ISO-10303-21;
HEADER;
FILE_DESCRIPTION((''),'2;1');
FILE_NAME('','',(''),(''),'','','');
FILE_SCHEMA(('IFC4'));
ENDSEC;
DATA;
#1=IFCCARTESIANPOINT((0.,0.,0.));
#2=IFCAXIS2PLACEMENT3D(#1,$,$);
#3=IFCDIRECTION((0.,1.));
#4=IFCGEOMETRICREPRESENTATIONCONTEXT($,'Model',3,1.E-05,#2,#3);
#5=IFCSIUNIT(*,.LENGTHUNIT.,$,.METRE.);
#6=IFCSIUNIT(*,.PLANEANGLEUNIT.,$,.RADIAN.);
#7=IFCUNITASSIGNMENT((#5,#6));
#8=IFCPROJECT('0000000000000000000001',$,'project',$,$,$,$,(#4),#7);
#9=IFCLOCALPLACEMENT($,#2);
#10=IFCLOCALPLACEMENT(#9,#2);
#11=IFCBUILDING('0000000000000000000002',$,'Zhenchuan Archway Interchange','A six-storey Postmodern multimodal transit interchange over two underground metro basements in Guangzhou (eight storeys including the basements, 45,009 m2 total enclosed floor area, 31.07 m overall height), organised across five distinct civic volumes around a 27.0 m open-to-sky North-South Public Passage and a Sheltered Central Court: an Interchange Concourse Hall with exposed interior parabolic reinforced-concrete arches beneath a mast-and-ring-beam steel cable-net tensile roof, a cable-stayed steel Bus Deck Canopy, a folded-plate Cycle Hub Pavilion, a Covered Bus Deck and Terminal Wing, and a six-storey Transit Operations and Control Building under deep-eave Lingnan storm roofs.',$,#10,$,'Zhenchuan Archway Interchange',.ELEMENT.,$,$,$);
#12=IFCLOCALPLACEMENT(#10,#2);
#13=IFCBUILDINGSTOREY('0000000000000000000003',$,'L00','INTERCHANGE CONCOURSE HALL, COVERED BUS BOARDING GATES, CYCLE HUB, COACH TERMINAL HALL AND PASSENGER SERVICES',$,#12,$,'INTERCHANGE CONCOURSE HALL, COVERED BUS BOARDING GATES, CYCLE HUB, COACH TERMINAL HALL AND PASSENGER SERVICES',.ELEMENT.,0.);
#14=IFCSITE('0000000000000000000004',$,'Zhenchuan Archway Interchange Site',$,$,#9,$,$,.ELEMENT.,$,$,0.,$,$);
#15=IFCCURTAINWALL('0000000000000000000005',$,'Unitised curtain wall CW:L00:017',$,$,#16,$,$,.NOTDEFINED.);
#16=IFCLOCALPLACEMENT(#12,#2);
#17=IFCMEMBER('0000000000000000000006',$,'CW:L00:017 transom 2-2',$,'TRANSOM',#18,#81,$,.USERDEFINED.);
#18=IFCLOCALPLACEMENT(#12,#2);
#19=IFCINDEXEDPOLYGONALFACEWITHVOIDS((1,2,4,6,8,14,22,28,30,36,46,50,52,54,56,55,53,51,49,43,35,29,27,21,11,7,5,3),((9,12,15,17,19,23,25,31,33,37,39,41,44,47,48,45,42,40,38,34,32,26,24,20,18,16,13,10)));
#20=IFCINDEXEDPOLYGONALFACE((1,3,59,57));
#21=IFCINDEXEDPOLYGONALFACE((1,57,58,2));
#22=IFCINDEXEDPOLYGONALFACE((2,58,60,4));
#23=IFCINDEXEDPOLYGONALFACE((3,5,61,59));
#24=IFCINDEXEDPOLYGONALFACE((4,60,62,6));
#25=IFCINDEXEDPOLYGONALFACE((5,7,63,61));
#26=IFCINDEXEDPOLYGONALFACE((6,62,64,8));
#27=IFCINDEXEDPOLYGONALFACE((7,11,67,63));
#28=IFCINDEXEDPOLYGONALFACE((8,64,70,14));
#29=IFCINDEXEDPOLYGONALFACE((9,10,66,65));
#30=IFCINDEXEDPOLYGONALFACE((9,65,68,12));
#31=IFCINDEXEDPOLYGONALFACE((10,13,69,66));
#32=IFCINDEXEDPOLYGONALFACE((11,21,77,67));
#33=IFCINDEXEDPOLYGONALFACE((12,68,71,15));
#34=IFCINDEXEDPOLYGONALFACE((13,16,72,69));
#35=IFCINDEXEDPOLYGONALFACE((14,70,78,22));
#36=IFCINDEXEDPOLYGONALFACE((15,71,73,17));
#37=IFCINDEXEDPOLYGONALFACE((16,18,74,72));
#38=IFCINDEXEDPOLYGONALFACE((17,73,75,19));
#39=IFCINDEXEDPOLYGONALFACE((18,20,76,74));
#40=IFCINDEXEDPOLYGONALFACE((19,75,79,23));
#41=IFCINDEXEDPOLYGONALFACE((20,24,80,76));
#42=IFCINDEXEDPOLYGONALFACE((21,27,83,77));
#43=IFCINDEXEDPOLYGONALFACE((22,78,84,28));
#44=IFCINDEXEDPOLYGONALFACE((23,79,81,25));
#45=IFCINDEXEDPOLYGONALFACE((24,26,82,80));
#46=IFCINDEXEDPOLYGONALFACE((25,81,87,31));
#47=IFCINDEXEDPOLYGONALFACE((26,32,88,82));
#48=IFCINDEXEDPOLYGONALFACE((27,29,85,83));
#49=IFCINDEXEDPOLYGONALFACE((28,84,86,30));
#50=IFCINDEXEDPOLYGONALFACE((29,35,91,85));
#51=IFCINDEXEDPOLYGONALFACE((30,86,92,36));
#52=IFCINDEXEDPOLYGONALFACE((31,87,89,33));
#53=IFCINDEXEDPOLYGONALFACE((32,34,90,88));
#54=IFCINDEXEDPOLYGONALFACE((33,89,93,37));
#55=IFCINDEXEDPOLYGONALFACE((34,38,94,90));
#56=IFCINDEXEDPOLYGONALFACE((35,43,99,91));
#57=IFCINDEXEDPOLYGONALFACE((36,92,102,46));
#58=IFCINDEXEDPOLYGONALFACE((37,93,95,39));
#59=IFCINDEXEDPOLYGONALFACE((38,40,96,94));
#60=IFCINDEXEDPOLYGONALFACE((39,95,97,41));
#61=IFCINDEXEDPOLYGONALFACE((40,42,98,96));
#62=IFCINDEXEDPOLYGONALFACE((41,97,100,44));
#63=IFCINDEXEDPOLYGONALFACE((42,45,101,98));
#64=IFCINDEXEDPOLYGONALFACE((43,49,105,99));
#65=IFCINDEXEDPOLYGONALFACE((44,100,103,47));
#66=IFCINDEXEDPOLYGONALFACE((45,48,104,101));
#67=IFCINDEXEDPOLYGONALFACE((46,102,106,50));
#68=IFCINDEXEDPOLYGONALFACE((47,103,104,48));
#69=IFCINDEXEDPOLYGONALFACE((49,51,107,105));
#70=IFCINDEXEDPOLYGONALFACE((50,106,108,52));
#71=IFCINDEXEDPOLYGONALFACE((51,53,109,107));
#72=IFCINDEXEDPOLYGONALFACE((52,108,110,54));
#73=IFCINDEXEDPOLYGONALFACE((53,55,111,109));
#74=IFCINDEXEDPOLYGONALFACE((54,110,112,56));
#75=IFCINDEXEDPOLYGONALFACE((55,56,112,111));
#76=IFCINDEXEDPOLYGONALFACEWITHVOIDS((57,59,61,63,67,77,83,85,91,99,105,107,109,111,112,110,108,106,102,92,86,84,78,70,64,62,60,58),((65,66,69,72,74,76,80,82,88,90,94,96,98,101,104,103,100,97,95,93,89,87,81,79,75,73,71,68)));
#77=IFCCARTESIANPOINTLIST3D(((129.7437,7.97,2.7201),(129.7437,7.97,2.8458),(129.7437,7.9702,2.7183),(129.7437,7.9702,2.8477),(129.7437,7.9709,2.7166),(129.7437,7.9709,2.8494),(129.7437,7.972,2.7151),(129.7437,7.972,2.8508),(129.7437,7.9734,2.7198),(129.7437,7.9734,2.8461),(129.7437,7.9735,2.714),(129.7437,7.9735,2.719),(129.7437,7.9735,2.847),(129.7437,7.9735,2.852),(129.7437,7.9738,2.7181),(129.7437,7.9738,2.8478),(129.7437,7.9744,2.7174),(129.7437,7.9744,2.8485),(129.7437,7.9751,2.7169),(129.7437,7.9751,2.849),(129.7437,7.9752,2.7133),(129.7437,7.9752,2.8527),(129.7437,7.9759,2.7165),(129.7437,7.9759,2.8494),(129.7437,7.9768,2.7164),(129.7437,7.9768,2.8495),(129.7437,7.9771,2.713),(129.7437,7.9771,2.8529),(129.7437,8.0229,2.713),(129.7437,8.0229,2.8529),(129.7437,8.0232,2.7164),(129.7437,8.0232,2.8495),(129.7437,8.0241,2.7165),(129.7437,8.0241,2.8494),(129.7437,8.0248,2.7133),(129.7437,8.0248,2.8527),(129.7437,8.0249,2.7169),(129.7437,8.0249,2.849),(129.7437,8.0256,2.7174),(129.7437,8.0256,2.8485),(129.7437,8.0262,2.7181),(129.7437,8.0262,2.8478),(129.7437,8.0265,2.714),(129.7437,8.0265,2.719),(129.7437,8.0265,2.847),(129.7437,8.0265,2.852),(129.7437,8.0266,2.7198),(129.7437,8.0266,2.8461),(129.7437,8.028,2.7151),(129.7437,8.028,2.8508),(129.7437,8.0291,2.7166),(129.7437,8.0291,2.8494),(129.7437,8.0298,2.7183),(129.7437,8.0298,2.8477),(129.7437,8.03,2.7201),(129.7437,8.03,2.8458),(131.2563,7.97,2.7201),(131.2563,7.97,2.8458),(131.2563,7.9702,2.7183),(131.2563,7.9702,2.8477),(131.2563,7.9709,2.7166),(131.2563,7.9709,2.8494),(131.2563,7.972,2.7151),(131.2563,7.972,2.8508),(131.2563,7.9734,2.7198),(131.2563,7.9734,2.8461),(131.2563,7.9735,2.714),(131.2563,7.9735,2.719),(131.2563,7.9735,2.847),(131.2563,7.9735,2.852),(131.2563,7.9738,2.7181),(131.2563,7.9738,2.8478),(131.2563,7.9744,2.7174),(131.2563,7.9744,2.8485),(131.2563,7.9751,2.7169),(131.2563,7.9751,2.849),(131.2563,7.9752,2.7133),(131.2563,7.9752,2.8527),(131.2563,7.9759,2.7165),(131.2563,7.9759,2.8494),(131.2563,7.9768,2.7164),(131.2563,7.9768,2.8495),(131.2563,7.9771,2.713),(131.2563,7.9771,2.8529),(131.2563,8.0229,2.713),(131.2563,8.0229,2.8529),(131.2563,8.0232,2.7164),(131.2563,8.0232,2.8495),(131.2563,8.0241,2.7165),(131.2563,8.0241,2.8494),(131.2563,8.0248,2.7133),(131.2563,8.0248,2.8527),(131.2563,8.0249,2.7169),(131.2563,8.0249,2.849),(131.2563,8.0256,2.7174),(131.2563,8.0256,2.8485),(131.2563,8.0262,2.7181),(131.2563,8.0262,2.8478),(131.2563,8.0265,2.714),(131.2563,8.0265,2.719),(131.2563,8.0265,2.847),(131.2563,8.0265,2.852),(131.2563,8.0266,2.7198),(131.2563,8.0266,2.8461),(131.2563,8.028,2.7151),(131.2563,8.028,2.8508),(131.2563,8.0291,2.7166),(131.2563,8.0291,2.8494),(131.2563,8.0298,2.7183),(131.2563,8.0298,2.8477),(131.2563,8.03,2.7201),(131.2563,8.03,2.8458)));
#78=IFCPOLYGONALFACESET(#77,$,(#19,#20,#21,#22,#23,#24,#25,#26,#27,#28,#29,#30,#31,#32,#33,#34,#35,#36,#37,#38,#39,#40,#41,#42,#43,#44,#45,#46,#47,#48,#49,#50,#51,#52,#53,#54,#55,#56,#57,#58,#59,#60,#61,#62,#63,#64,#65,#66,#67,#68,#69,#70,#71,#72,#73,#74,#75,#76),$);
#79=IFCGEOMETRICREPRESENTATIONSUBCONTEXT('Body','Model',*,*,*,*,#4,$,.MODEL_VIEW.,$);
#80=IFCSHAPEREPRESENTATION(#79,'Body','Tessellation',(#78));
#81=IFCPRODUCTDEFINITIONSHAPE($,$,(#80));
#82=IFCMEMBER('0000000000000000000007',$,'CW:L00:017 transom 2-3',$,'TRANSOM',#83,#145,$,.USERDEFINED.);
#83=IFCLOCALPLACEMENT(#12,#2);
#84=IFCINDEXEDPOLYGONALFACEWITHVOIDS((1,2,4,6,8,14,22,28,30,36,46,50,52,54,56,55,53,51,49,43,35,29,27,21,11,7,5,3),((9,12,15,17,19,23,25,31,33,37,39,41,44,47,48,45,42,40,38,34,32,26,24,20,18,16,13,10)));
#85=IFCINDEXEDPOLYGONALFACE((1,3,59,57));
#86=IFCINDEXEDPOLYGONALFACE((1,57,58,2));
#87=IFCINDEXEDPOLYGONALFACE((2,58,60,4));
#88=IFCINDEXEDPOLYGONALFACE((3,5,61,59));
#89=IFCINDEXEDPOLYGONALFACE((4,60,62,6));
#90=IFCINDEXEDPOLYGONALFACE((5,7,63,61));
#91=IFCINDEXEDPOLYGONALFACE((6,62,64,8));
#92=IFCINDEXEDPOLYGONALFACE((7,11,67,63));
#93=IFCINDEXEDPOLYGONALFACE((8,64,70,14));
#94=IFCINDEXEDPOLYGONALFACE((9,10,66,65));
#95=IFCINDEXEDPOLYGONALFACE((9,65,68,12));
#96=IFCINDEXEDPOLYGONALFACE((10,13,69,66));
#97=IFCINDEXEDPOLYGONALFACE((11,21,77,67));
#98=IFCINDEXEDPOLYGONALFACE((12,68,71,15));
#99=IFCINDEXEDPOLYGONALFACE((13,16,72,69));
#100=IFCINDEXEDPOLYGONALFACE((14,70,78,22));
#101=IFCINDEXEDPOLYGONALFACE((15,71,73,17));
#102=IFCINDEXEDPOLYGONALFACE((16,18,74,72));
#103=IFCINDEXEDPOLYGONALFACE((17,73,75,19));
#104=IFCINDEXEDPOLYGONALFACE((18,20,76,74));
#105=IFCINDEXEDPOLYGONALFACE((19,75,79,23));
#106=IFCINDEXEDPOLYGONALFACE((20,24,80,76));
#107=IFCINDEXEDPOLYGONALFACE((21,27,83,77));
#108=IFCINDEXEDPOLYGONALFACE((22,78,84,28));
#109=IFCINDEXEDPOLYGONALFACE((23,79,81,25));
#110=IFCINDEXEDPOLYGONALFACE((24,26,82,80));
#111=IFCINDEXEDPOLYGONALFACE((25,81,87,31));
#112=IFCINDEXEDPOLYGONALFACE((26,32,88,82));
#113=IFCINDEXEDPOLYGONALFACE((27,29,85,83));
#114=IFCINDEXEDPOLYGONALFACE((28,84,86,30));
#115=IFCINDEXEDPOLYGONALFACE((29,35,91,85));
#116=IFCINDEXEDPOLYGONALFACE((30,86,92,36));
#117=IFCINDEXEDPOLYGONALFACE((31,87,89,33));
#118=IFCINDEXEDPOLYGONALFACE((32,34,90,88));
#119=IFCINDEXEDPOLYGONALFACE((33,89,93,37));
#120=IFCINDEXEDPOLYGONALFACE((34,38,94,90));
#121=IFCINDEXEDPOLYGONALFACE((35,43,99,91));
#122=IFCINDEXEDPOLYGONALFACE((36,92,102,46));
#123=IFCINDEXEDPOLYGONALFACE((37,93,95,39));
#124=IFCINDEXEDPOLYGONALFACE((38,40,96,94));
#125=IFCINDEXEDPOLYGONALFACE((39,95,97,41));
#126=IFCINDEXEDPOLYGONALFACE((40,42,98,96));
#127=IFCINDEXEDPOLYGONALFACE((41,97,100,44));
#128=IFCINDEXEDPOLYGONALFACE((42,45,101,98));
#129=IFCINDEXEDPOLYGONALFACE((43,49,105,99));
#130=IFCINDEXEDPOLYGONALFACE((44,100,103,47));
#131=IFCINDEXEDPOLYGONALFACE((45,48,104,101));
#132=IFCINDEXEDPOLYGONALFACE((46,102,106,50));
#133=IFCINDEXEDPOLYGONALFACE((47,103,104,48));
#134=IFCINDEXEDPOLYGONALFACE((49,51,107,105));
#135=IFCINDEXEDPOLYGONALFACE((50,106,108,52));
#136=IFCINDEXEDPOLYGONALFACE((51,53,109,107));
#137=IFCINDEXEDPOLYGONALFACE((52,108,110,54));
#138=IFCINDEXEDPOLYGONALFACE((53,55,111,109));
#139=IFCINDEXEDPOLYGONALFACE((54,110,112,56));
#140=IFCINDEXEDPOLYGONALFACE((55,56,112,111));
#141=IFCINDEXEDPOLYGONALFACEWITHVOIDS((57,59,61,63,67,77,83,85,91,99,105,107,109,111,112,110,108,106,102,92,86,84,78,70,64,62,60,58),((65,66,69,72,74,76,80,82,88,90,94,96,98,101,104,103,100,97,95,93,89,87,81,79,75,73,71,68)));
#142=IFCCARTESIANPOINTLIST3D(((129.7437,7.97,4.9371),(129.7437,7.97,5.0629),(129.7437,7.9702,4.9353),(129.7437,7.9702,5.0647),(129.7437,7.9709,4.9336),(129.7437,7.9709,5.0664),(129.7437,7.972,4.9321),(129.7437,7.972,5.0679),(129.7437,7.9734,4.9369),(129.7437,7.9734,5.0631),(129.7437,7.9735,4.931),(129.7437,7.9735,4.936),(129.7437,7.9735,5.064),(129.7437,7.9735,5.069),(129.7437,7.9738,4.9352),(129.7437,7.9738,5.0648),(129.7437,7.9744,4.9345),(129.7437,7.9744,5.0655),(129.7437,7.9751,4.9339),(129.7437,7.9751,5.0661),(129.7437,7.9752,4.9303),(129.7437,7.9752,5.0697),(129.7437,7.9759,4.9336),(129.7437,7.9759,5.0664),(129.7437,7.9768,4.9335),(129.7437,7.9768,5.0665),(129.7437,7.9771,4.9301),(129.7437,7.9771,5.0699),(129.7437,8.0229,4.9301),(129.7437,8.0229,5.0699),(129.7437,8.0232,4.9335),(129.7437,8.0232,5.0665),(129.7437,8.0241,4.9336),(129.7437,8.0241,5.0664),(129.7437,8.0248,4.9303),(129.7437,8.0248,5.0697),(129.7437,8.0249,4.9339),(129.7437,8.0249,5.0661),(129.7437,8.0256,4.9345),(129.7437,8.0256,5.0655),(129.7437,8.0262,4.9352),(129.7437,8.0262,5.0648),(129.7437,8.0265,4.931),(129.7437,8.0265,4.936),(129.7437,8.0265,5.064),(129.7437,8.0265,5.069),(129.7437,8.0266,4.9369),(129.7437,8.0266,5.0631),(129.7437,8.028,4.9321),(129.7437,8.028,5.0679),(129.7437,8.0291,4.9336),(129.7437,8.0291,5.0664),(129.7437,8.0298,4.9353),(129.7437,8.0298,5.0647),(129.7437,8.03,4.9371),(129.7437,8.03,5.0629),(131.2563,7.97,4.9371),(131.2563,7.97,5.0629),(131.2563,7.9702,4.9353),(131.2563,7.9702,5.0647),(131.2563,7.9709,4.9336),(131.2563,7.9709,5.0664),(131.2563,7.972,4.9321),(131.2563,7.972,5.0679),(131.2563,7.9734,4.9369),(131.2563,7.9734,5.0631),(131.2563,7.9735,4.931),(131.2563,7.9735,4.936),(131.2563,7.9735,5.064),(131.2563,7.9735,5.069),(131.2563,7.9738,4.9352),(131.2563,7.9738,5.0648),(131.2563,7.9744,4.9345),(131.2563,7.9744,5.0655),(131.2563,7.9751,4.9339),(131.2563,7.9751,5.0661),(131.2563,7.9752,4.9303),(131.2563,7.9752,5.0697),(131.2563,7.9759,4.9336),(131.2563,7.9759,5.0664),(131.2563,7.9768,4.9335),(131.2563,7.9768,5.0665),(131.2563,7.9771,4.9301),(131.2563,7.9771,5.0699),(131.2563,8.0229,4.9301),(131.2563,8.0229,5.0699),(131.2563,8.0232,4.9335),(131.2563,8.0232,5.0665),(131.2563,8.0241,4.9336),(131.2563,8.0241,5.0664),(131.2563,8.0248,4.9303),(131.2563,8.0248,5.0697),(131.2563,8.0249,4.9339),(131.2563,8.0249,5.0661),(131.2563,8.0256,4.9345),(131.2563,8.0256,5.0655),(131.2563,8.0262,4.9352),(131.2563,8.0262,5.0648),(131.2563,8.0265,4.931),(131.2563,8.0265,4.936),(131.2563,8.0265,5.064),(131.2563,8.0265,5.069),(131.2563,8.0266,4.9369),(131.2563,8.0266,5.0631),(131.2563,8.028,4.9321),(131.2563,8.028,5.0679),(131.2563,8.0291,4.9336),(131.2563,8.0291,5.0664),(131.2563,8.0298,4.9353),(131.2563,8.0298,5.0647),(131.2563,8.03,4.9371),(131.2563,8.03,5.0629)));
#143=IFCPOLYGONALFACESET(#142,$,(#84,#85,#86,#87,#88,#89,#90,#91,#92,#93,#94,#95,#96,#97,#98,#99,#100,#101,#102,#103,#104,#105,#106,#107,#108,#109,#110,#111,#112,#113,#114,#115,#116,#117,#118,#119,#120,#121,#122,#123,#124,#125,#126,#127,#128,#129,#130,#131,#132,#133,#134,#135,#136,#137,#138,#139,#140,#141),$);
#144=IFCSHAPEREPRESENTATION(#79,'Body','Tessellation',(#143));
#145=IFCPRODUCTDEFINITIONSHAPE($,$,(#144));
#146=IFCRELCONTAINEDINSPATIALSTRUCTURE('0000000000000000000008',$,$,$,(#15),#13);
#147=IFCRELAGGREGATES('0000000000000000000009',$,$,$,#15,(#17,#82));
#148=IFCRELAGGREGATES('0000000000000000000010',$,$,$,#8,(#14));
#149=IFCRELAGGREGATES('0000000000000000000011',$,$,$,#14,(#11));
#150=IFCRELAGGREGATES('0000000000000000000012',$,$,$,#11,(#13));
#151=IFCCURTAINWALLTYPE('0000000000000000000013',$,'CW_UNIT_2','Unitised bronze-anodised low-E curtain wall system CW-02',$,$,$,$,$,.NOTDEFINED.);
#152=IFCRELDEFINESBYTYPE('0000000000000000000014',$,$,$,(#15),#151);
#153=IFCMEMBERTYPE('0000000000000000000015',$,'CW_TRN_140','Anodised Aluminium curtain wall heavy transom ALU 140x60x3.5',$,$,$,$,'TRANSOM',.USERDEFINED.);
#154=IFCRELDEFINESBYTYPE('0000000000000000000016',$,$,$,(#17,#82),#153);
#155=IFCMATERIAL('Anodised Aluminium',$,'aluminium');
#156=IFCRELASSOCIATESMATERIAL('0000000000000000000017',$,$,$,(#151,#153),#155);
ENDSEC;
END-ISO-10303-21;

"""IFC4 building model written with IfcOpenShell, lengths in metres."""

from ifc_helpers import new_model, si_unit, direction, frame, origin, origin_2d, place, context, subcontext, project, spatial, hollow_rectangle, extrude, material, material_profile, profile_set, type_object, element, aggregate, save


model = new_model("IFC4")

# Units and contexts
model_context = context("Model", 3, precision=1e-05, world=origin(), true_north=direction((0.0, 1.0)))
body_context = subcontext(model_context, "Body", "Model", "MODEL_VIEW")
ifc_project = project(units=[si_unit("LENGTHUNIT", "METRE"), si_unit("PLANEANGLEUNIT", "RADIAN")], contexts=[model_context])

# Site, building, storey
site_placement = place(None, origin())
site = spatial("IfcSite", under=ifc_project, at=site_placement, Name="Zhenchuan Archway Interchange Site", CompositionType="ELEMENT", RefElevation=0.0)
building_placement = place(site_placement, origin())
building = spatial("IfcBuilding", under=site, at=building_placement, Name="Zhenchuan Archway Interchange", Description="A six-storey Postmodern multimodal transit interchange over two underground metro basements in Guangzhou (eight storeys including the basements, 45,009 m2 total enclosed floor area, 31.07 m overall height), organised across five distinct civic volumes around a 27.0 m open-to-sky North-South Public Passage and a Sheltered Central Court: an Interchange Concourse Hall with exposed interior parabolic reinforced-concrete arches beneath a mast-and-ring-beam steel cable-net tensile roof, a cable-stayed steel Bus Deck Canopy, a folded-plate Cycle Hub Pavilion, a Covered Bus Deck and Terminal Wing, and a six-storey Transit Operations and Control Building under deep-eave Lingnan storm roofs.", LongName="Zhenchuan Archway Interchange", CompositionType="ELEMENT")
storey_placement = place(building_placement, origin())
storey = spatial("IfcBuildingStorey", under=building, at=storey_placement, Name="L00", Description="INTERCHANGE CONCOURSE HALL, COVERED BUS BOARDING GATES, CYCLE HUB, COACH TERMINAL HALL AND PASSENGER SERVICES", LongName="INTERCHANGE CONCOURSE HALL, COVERED BUS BOARDING GATES, CYCLE HUB, COACH TERMINAL HALL AND PASSENGER SERVICES", CompositionType="ELEMENT", Elevation=0.0)

# Curtain wall, members
ifc_material_1 = material(Name="Anodised Aluminium", Category="aluminium")
curtain_wall_type = type_object("IfcCurtainWallType", Name="CW_UNIT_2", Description="Unitised bronze-anodised low-E curtain wall system CW-02", PredefinedType="NOTDEFINED", material=ifc_material_1)
curtain_wall_placement = place(storey_placement, origin())
curtain_wall = element("IfcCurtainWall", 1, at=curtain_wall_placement, inside=storey, type_object=curtain_wall_type, Name="Unitised curtain wall CW:L00:017", PredefinedType="NOTDEFINED")
ifc_material_profile_1 = material_profile(ifc_material_1, hollow_rectangle(XDim=0.0601, YDim=0.1399, WallThickness=0.0034, InnerFilletRadius=0.0034, OuterFilletRadius=0.0071, at=origin_2d()), Name="ALU 140x60x3.5")
ifc_profile_set_1 = profile_set([ifc_material_profile_1], Name="Anodised Aluminium")
member_type_1 = type_object("IfcMemberType", Name="CW_TRN_140", Description="Anodised Aluminium curtain wall heavy transom ALU 140x60x3.5", ElementType="TRANSOM", PredefinedType="USERDEFINED", material=ifc_profile_set_1)
member_1_placement = place(storey_placement, frame((131.2563, 8.0, 2.783), z_axis=(-1.0, 0.0, 0.0), x_axis=(0.0, -1.0, 0.0)))
member_1 = element("IfcMember", 2, at=member_1_placement, type_object=member_type_1, Name="CW:L00:017 transom 2-2", ObjectType="TRANSOM", PredefinedType="USERDEFINED", context=body_context, shape_type="SweptSolid", body=[
    extrude(hollow_rectangle(XDim=0.0601, YDim=0.1399, WallThickness=0.0034, InnerFilletRadius=0.0034, OuterFilletRadius=0.0071, at=origin_2d()), origin(), (0.0, 0.0, 1.0), 1.5127),
])
member_2_placement = place(storey_placement, frame((131.2563, 8.0, 5.0), z_axis=(-1.0, 0.0, 0.0), x_axis=(0.0, -1.0, 0.0)))
member_2 = element("IfcMember", 3, at=member_2_placement, type_object=member_type_1, Name="CW:L00:017 transom 2-3", ObjectType="TRANSOM", PredefinedType="USERDEFINED", context=body_context, shape_type="SweptSolid", body=[
    extrude(hollow_rectangle(XDim=0.0601, YDim=0.1399, WallThickness=0.0034, InnerFilletRadius=0.0034, OuterFilletRadius=0.0071, at=origin_2d()), origin(), (0.0, 0.0, 1.0), 1.5127),
])

aggregate(curtain_wall, [member_1, member_2])

save(model, "model.ifc")
